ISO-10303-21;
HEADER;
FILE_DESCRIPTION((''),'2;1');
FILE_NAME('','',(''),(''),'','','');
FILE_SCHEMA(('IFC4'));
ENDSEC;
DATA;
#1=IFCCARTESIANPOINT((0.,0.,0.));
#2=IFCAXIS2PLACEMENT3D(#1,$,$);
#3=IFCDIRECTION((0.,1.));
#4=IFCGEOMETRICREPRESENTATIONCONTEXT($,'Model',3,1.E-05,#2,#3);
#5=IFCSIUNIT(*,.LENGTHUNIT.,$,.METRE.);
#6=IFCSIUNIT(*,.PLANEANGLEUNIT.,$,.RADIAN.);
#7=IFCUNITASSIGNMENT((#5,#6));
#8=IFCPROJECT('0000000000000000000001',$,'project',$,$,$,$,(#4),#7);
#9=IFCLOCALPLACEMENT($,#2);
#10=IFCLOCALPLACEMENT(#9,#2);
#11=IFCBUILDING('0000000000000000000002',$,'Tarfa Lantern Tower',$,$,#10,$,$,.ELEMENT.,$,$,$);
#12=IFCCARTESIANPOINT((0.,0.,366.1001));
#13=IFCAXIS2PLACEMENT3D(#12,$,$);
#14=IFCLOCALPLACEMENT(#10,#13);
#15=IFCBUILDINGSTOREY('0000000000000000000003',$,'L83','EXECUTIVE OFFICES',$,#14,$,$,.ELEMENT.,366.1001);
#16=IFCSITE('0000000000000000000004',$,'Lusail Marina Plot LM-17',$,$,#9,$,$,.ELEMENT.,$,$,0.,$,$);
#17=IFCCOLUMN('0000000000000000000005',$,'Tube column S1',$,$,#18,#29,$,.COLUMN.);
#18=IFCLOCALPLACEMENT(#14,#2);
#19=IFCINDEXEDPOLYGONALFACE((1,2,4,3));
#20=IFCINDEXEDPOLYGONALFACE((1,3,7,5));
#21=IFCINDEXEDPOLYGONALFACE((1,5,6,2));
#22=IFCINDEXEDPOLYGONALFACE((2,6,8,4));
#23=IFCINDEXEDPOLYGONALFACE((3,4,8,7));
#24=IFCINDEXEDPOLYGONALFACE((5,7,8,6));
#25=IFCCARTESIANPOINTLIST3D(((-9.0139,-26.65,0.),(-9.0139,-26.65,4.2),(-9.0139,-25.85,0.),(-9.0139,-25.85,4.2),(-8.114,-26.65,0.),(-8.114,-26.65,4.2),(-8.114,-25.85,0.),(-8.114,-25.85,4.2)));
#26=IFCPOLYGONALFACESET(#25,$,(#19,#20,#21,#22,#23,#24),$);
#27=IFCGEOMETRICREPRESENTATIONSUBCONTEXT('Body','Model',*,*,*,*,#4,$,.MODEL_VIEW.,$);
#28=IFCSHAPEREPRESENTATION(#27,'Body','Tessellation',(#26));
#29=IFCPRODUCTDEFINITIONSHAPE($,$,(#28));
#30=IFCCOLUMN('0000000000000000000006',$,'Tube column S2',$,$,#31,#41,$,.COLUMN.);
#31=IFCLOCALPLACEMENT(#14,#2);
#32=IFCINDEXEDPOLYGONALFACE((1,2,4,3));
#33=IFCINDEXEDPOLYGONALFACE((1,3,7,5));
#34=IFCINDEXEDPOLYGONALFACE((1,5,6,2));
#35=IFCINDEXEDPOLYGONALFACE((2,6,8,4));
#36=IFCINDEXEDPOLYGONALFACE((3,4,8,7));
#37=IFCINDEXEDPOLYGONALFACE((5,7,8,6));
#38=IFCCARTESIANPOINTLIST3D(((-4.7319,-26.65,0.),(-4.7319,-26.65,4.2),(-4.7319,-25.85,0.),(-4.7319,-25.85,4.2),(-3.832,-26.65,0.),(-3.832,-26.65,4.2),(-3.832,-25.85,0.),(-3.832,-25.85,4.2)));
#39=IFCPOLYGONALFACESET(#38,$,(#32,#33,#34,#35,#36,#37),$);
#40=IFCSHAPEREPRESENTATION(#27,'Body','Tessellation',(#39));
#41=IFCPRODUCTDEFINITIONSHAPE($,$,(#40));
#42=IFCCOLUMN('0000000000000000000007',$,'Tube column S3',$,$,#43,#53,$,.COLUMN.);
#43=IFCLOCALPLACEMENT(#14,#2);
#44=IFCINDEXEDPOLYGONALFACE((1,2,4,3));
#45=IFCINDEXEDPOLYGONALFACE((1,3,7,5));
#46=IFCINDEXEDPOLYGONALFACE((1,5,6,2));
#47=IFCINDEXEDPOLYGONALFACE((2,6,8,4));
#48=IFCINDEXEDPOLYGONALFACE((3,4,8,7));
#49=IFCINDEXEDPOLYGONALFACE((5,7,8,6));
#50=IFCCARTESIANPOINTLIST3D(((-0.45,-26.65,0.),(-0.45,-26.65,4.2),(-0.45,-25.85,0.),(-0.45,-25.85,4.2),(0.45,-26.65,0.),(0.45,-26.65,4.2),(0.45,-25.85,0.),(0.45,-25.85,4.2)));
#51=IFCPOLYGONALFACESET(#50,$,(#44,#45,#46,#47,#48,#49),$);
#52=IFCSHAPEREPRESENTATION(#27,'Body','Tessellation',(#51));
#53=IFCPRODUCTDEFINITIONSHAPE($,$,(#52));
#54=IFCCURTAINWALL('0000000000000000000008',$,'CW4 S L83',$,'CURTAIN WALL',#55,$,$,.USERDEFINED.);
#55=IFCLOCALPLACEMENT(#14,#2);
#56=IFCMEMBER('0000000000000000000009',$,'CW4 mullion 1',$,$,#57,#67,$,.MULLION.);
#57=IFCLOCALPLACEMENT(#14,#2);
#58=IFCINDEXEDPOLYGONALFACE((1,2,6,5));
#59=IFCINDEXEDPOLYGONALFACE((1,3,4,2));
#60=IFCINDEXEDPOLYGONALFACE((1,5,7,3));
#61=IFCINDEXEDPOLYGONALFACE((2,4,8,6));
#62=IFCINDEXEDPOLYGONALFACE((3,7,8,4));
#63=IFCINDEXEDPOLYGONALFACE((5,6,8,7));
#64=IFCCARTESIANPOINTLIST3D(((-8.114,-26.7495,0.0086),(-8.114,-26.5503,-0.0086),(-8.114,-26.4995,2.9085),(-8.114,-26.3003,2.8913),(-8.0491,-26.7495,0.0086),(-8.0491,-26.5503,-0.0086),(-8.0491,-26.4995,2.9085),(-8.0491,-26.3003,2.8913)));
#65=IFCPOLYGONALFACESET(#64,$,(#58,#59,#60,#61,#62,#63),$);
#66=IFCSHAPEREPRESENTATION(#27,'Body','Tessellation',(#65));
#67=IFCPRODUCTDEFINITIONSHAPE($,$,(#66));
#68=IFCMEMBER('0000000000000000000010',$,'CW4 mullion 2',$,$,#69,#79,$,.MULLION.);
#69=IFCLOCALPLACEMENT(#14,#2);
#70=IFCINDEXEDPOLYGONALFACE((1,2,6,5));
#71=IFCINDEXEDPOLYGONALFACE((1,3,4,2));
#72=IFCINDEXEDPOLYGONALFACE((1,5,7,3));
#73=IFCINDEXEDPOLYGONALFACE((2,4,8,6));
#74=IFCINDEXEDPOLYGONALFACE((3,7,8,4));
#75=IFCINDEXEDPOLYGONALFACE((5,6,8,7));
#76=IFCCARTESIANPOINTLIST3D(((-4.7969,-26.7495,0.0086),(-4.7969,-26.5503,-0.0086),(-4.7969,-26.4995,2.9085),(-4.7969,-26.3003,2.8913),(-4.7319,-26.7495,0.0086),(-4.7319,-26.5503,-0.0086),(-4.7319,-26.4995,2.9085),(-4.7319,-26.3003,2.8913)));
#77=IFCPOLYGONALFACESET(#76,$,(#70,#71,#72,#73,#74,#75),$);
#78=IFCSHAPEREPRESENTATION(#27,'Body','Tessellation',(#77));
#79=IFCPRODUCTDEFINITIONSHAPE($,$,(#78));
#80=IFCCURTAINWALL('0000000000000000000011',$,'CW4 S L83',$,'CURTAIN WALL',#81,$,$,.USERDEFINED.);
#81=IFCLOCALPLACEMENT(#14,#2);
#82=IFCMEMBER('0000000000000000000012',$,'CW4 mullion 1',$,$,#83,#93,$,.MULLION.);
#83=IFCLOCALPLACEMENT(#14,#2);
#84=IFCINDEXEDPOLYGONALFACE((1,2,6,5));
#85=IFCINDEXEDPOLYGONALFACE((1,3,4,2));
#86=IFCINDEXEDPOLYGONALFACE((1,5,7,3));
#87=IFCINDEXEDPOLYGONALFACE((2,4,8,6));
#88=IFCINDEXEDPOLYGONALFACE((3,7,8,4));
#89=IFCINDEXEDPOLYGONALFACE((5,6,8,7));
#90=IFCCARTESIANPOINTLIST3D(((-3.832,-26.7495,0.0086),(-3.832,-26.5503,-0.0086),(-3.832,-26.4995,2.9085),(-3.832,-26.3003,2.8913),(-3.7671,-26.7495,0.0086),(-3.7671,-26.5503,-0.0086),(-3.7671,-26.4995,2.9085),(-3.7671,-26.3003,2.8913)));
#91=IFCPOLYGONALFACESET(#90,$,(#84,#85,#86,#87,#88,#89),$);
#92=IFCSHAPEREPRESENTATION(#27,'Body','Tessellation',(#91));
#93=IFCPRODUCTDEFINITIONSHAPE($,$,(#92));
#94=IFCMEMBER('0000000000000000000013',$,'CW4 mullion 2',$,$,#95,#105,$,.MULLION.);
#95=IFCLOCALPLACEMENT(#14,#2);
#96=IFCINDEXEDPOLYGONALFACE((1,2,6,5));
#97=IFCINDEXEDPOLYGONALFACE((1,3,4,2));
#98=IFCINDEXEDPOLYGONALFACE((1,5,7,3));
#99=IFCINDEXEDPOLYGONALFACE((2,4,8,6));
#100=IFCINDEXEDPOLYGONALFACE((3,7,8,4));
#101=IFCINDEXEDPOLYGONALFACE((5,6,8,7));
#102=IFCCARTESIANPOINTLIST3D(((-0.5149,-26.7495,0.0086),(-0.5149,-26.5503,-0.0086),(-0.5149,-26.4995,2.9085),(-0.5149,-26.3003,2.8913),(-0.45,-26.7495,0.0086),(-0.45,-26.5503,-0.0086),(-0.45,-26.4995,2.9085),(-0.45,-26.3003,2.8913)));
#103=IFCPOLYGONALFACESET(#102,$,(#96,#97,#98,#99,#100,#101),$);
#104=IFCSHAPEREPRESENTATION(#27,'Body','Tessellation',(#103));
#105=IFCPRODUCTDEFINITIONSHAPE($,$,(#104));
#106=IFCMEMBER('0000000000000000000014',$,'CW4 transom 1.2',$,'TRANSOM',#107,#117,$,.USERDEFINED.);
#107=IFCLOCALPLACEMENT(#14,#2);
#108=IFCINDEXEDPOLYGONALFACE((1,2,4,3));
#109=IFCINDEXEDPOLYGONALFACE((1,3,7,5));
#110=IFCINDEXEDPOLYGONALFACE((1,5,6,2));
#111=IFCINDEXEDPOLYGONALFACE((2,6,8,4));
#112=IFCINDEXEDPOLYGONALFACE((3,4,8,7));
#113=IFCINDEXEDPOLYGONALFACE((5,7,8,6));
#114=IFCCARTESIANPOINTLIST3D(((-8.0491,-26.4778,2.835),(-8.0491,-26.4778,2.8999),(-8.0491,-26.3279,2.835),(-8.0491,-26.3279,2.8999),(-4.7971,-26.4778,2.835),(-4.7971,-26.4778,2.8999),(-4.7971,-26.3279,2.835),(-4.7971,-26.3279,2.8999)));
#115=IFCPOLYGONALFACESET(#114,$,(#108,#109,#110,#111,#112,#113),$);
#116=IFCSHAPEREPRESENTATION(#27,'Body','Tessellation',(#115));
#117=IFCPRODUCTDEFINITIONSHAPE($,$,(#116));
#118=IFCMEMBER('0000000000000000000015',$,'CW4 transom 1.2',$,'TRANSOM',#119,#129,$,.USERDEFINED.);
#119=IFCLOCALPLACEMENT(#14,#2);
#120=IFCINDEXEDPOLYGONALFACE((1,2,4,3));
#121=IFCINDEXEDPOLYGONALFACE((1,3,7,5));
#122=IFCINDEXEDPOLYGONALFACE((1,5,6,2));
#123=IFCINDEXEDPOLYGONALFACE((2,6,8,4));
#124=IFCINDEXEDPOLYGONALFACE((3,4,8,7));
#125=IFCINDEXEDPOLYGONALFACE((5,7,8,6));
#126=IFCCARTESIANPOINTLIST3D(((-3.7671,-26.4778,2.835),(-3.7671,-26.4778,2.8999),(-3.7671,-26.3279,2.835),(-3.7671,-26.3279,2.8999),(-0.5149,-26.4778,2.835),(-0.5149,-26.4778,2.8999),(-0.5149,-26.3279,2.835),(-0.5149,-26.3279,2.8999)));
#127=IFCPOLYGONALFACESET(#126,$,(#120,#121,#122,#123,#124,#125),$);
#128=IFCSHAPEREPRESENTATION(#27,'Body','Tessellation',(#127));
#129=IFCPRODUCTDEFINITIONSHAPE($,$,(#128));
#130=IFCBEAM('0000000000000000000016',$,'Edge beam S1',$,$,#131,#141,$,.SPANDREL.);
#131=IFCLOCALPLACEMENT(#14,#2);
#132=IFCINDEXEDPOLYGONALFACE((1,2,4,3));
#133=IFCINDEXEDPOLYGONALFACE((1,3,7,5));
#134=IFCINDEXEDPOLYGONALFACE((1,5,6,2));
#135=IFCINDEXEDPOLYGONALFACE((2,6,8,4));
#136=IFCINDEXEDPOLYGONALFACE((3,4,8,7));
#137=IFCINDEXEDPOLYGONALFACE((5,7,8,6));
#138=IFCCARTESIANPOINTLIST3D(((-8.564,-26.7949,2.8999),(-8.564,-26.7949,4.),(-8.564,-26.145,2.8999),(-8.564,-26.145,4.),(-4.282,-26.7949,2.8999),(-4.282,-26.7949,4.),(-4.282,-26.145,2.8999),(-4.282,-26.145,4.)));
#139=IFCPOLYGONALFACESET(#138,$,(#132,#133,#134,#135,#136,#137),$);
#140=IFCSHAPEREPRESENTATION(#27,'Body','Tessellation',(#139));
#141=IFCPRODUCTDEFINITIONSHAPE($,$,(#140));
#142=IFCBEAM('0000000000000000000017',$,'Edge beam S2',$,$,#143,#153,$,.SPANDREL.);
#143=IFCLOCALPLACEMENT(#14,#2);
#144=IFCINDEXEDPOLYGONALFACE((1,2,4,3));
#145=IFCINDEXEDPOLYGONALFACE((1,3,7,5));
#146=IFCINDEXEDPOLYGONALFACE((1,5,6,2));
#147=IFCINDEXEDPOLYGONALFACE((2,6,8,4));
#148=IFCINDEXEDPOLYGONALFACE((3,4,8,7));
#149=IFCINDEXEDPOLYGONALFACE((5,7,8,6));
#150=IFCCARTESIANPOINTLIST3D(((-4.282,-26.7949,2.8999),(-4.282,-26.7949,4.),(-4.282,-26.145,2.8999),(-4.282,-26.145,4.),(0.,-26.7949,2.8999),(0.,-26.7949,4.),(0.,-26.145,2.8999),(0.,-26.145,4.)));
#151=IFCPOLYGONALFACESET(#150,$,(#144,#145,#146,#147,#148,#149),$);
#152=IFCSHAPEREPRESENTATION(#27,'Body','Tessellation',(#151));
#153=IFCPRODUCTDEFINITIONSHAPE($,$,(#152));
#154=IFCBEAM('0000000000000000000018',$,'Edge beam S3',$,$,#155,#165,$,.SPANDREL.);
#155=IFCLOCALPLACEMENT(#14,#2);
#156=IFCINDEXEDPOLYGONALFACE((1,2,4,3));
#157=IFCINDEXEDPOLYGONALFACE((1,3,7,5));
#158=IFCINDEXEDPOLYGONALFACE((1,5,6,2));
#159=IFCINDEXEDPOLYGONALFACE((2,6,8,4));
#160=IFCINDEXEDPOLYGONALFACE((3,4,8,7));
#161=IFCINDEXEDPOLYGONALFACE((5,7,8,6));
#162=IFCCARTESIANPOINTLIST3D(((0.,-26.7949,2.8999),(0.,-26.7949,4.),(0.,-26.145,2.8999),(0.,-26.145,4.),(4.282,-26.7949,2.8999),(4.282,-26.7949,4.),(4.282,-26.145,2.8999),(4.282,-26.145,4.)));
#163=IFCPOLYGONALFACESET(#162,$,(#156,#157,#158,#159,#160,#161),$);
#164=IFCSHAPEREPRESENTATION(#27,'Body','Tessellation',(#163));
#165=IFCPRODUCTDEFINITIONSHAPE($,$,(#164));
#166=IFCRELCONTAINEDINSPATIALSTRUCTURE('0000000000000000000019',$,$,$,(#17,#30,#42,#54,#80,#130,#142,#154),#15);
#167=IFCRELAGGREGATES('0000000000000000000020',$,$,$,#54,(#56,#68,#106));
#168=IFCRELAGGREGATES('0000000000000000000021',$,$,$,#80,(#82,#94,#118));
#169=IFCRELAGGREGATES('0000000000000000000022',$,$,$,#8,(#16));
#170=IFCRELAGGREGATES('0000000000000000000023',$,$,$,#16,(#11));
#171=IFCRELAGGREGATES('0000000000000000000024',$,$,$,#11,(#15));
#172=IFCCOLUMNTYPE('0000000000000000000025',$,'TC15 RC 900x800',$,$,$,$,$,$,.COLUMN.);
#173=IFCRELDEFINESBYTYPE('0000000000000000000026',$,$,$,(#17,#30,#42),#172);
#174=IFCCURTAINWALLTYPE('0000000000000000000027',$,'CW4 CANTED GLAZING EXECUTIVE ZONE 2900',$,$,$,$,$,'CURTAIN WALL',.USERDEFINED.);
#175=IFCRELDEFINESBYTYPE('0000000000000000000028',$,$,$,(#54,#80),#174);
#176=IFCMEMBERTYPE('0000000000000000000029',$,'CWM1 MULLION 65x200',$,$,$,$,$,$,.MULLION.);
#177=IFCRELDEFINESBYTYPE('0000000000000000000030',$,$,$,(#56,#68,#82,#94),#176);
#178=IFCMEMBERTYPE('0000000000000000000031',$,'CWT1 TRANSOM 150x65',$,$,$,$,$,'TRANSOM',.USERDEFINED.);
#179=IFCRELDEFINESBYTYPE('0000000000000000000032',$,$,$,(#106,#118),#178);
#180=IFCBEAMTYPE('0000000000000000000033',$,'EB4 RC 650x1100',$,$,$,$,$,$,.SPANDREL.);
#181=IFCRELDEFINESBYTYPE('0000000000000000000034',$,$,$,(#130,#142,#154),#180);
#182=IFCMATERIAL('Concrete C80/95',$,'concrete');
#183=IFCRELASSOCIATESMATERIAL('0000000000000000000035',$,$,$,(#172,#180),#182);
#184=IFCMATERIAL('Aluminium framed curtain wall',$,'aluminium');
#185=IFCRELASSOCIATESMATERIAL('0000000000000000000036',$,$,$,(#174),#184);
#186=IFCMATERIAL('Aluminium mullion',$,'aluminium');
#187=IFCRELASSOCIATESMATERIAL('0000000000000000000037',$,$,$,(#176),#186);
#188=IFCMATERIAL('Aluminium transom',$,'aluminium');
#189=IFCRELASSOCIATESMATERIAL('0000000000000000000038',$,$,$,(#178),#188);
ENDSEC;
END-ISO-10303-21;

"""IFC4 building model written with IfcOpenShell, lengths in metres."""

from ifc_helpers import new_model, si_unit, direction, frame, origin, origin_2d, place, context, subcontext, project, spatial, rectangle, extrude, material, material_profile, profile_set, type_object, element, aggregate, save


model = new_model("IFC4")

# Units and contexts
model_context = context("Model", 3, precision=1e-05, world=origin(), true_north=direction((0.0, 1.0)))
body_context = subcontext(model_context, "Body", "Model", "MODEL_VIEW")
ifc_project = project(units=[si_unit("LENGTHUNIT", "METRE"), si_unit("PLANEANGLEUNIT", "RADIAN")], contexts=[model_context])

# Site, building, storey
site_placement = place(None, origin())
site = spatial("IfcSite", under=ifc_project, at=site_placement, Name="Lusail Marina Plot LM-17", CompositionType="ELEMENT", RefElevation=0.0)
building_placement = place(site_placement, origin())
building = spatial("IfcBuilding", under=site, at=building_placement, Name="Tarfa Lantern Tower", CompositionType="ELEMENT")
storey_placement = place(building_placement, frame((0.0, 0.0, 366.1001)))
storey = spatial("IfcBuildingStorey", under=building, at=storey_placement, Name="L83", Description="EXECUTIVE OFFICES", CompositionType="ELEMENT", Elevation=366.1001)

# Columns
ifc_material_1 = material(Name="Concrete C80/95", Category="concrete")
ifc_material_profile_1 = material_profile(ifc_material_1, rectangle(XDim=0.8999, YDim=0.8, at=origin_2d()), Name="RC 900x800")
ifc_profile_set_1 = profile_set([ifc_material_profile_1], Name="Concrete C80/95")
column_type = type_object("IfcColumnType", Name="TC15 RC 900x800", PredefinedType="COLUMN", material=ifc_profile_set_1)
for number, where, z_axis, x_axis, name in (
    (1, (-8.564, -26.25, 0.0), (0.0, 0.0, 1.0), (1.0, 0.0, 0.0), "Tube column S1"),
    (2, (-4.282, -26.25, 0.0), (0.0, 0.0, 1.0), (1.0, 0.0, 0.0), "Tube column S2"),
    (3, (0.0, -26.25, 0.0), (0.0, 0.0, 1.0), (1.0, 0.0, 0.0), "Tube column S3"),
):
    element("IfcColumn", number, at=place(storey_placement, frame(where, z_axis=z_axis, x_axis=x_axis)), inside=storey, type_object=column_type, Name=name, PredefinedType="COLUMN", context=body_context, shape_type="SweptSolid", body=[
        extrude(rectangle(XDim=0.8999, YDim=0.8, at=origin_2d()), origin(), (0.0, 0.0, 1.0), 4.2),
    ])

# Curtain walls, members
ifc_material_2 = material(Name="Aluminium framed curtain wall", Category="aluminium")
curtain_wall_type = type_object("IfcCurtainWallType", Name="CW4 CANTED GLAZING EXECUTIVE ZONE 2900", ElementType="CURTAIN WALL", PredefinedType="USERDEFINED", material=ifc_material_2)
curtain_wall_1_placement = place(storey_placement, origin())
curtain_wall_1 = element("IfcCurtainWall", 4, at=curtain_wall_1_placement, inside=storey, type_object=curtain_wall_type, Name="CW4 S L83", ObjectType="CURTAIN WALL", PredefinedType="USERDEFINED")
ifc_material_3 = material(Name="Aluminium mullion", Category="aluminium")
ifc_material_profile_2 = material_profile(ifc_material_3, rectangle(XDim=0.0649, YDim=0.2, at=origin_2d()), Name="AL MULLION 65x200")
ifc_profile_set_2 = profile_set([ifc_material_profile_2], Name="Aluminium mullion")
member_type_1 = type_object("IfcMemberType", Name="CWM1 MULLION 65x200", PredefinedType="MULLION", material=ifc_profile_set_2)
member_1_placement = place(storey_placement, frame((-8.0815, -26.6499, 0.0), z_axis=(0.0, 0.085891, 0.996305), x_axis=(-1.0, 0.0, 0.0)))
member_1 = element("IfcMember", 5, at=member_1_placement, type_object=member_type_1, Name="CW4 mullion 1", PredefinedType="MULLION", context=body_context, shape_type="SweptSolid", body=[
    extrude(rectangle(XDim=0.0649, YDim=0.2, at=origin_2d()), origin(), (0.0, 0.0, 1.0), 2.9106),
])
member_2_placement = place(storey_placement, frame((-4.7644, -26.6499, 0.0), z_axis=(0.0, 0.085891, 0.996305), x_axis=(-1.0, 0.0, 0.0)))
member_2 = element("IfcMember", 6, at=member_2_placement, type_object=member_type_1, Name="CW4 mullion 2", PredefinedType="MULLION", context=body_context, shape_type="SweptSolid", body=[
    extrude(rectangle(XDim=0.0649, YDim=0.2, at=origin_2d()), origin(), (0.0, 0.0, 1.0), 2.9106),
])
curtain_wall_2_placement = place(storey_placement, origin())
curtain_wall_2 = element("IfcCurtainWall", 7, at=curtain_wall_2_placement, inside=storey, type_object=curtain_wall_type, Name="CW4 S L83", ObjectType="CURTAIN WALL", PredefinedType="USERDEFINED")
member_3_placement = place(storey_placement, frame((-3.7996, -26.6499, 0.0), z_axis=(0.0, 0.085891, 0.996305), x_axis=(-1.0, 0.0, 0.0)))
member_3 = element("IfcMember", 8, at=member_3_placement, type_object=member_type_1, Name="CW4 mullion 1", PredefinedType="MULLION", context=body_context, shape_type="SweptSolid", body=[
    extrude(rectangle(XDim=0.0649, YDim=0.2, at=origin_2d()), origin(), (0.0, 0.0, 1.0), 2.9106),
])
member_4_placement = place(storey_placement, frame((-0.4824, -26.6499, 0.0), z_axis=(0.0, 0.085891, 0.996305), x_axis=(-1.0, 0.0, 0.0)))
member_4 = element("IfcMember", 9, at=member_4_placement, type_object=member_type_1, Name="CW4 mullion 2", PredefinedType="MULLION", context=body_context, shape_type="SweptSolid", body=[
    extrude(rectangle(XDim=0.0649, YDim=0.2, at=origin_2d()), origin(), (0.0, 0.0, 1.0), 2.9106),
])

# Members
ifc_material_4 = material(Name="Aluminium transom", Category="aluminium")
ifc_material_profile_3 = material_profile(ifc_material_4, rectangle(XDim=0.1499, YDim=0.0649, at=origin_2d()), Name="AL TRANSOM 150x65")
ifc_profile_set_3 = profile_set([ifc_material_profile_3], Name="Aluminium transom")
member_type_2 = type_object("IfcMemberType", Name="CWT1 TRANSOM 150x65", ElementType="TRANSOM", PredefinedType="USERDEFINED", material=ifc_profile_set_3)
member_5_placement = place(storey_placement, frame((-8.0491, -26.4028, 2.8674), z_axis=(1.0, 0.0, 0.0), x_axis=(0.0, 1.0, 0.0)))
member_5 = element("IfcMember", 10, at=member_5_placement, type_object=member_type_2, Name="CW4 transom 1.2", ObjectType="TRANSOM", PredefinedType="USERDEFINED", context=body_context, shape_type="SweptSolid", body=[
    extrude(rectangle(XDim=0.1499, YDim=0.0649, at=origin_2d()), origin(), (0.0, 0.0, 1.0), 3.252),
])
member_6_placement = place(storey_placement, frame((-3.7671, -26.4028, 2.8674), z_axis=(1.0, 0.0, 0.0), x_axis=(0.0, 1.0, 0.0)))
member_6 = element("IfcMember", 11, at=member_6_placement, type_object=member_type_2, Name="CW4 transom 1.2", ObjectType="TRANSOM", PredefinedType="USERDEFINED", context=body_context, shape_type="SweptSolid", body=[
    extrude(rectangle(XDim=0.1499, YDim=0.0649, at=origin_2d()), origin(), (0.0, 0.0, 1.0), 3.2522),
])

# Beams
ifc_material_profile_4 = material_profile(ifc_material_1, rectangle(XDim=0.6499, YDim=1.1001, at=origin_2d()), Name="RC 650x1100")
ifc_profile_set_4 = profile_set([ifc_material_profile_4], Name="Concrete C80/95")
beam_type_1 = type_object("IfcBeamType", Name="EB4 RC 650x1100", PredefinedType="SPANDREL", material=ifc_profile_set_4)
for number, where, z_axis, x_axis, name in (
    (12, (-8.564, -26.47, 3.45), (1.0, 0.0, 0.0), (0.0, 1.0, 0.0), "Edge beam S1"),
    (13, (-4.282, -26.47, 3.45), (1.0, 0.0, 0.0), (0.0, 1.0, 0.0), "Edge beam S2"),
    (14, (0.0, -26.47, 3.45), (1.0, 0.0, 0.0), (0.0, 1.0, 0.0), "Edge beam S3"),
):
    element("IfcBeam", number, at=place(storey_placement, frame(where, z_axis=z_axis, x_axis=x_axis)), inside=storey, type_object=beam_type_1, Name=name, PredefinedType="SPANDREL", context=body_context, shape_type="SweptSolid", body=[
        extrude(rectangle(XDim=0.6499, YDim=1.1001, at=origin_2d()), origin(), (0.0, 0.0, 1.0), 4.282),
    ])

aggregate(curtain_wall_1, [member_1, member_2, member_5])
aggregate(curtain_wall_2, [member_3, member_4, member_6])

save(model, "model.ifc")
